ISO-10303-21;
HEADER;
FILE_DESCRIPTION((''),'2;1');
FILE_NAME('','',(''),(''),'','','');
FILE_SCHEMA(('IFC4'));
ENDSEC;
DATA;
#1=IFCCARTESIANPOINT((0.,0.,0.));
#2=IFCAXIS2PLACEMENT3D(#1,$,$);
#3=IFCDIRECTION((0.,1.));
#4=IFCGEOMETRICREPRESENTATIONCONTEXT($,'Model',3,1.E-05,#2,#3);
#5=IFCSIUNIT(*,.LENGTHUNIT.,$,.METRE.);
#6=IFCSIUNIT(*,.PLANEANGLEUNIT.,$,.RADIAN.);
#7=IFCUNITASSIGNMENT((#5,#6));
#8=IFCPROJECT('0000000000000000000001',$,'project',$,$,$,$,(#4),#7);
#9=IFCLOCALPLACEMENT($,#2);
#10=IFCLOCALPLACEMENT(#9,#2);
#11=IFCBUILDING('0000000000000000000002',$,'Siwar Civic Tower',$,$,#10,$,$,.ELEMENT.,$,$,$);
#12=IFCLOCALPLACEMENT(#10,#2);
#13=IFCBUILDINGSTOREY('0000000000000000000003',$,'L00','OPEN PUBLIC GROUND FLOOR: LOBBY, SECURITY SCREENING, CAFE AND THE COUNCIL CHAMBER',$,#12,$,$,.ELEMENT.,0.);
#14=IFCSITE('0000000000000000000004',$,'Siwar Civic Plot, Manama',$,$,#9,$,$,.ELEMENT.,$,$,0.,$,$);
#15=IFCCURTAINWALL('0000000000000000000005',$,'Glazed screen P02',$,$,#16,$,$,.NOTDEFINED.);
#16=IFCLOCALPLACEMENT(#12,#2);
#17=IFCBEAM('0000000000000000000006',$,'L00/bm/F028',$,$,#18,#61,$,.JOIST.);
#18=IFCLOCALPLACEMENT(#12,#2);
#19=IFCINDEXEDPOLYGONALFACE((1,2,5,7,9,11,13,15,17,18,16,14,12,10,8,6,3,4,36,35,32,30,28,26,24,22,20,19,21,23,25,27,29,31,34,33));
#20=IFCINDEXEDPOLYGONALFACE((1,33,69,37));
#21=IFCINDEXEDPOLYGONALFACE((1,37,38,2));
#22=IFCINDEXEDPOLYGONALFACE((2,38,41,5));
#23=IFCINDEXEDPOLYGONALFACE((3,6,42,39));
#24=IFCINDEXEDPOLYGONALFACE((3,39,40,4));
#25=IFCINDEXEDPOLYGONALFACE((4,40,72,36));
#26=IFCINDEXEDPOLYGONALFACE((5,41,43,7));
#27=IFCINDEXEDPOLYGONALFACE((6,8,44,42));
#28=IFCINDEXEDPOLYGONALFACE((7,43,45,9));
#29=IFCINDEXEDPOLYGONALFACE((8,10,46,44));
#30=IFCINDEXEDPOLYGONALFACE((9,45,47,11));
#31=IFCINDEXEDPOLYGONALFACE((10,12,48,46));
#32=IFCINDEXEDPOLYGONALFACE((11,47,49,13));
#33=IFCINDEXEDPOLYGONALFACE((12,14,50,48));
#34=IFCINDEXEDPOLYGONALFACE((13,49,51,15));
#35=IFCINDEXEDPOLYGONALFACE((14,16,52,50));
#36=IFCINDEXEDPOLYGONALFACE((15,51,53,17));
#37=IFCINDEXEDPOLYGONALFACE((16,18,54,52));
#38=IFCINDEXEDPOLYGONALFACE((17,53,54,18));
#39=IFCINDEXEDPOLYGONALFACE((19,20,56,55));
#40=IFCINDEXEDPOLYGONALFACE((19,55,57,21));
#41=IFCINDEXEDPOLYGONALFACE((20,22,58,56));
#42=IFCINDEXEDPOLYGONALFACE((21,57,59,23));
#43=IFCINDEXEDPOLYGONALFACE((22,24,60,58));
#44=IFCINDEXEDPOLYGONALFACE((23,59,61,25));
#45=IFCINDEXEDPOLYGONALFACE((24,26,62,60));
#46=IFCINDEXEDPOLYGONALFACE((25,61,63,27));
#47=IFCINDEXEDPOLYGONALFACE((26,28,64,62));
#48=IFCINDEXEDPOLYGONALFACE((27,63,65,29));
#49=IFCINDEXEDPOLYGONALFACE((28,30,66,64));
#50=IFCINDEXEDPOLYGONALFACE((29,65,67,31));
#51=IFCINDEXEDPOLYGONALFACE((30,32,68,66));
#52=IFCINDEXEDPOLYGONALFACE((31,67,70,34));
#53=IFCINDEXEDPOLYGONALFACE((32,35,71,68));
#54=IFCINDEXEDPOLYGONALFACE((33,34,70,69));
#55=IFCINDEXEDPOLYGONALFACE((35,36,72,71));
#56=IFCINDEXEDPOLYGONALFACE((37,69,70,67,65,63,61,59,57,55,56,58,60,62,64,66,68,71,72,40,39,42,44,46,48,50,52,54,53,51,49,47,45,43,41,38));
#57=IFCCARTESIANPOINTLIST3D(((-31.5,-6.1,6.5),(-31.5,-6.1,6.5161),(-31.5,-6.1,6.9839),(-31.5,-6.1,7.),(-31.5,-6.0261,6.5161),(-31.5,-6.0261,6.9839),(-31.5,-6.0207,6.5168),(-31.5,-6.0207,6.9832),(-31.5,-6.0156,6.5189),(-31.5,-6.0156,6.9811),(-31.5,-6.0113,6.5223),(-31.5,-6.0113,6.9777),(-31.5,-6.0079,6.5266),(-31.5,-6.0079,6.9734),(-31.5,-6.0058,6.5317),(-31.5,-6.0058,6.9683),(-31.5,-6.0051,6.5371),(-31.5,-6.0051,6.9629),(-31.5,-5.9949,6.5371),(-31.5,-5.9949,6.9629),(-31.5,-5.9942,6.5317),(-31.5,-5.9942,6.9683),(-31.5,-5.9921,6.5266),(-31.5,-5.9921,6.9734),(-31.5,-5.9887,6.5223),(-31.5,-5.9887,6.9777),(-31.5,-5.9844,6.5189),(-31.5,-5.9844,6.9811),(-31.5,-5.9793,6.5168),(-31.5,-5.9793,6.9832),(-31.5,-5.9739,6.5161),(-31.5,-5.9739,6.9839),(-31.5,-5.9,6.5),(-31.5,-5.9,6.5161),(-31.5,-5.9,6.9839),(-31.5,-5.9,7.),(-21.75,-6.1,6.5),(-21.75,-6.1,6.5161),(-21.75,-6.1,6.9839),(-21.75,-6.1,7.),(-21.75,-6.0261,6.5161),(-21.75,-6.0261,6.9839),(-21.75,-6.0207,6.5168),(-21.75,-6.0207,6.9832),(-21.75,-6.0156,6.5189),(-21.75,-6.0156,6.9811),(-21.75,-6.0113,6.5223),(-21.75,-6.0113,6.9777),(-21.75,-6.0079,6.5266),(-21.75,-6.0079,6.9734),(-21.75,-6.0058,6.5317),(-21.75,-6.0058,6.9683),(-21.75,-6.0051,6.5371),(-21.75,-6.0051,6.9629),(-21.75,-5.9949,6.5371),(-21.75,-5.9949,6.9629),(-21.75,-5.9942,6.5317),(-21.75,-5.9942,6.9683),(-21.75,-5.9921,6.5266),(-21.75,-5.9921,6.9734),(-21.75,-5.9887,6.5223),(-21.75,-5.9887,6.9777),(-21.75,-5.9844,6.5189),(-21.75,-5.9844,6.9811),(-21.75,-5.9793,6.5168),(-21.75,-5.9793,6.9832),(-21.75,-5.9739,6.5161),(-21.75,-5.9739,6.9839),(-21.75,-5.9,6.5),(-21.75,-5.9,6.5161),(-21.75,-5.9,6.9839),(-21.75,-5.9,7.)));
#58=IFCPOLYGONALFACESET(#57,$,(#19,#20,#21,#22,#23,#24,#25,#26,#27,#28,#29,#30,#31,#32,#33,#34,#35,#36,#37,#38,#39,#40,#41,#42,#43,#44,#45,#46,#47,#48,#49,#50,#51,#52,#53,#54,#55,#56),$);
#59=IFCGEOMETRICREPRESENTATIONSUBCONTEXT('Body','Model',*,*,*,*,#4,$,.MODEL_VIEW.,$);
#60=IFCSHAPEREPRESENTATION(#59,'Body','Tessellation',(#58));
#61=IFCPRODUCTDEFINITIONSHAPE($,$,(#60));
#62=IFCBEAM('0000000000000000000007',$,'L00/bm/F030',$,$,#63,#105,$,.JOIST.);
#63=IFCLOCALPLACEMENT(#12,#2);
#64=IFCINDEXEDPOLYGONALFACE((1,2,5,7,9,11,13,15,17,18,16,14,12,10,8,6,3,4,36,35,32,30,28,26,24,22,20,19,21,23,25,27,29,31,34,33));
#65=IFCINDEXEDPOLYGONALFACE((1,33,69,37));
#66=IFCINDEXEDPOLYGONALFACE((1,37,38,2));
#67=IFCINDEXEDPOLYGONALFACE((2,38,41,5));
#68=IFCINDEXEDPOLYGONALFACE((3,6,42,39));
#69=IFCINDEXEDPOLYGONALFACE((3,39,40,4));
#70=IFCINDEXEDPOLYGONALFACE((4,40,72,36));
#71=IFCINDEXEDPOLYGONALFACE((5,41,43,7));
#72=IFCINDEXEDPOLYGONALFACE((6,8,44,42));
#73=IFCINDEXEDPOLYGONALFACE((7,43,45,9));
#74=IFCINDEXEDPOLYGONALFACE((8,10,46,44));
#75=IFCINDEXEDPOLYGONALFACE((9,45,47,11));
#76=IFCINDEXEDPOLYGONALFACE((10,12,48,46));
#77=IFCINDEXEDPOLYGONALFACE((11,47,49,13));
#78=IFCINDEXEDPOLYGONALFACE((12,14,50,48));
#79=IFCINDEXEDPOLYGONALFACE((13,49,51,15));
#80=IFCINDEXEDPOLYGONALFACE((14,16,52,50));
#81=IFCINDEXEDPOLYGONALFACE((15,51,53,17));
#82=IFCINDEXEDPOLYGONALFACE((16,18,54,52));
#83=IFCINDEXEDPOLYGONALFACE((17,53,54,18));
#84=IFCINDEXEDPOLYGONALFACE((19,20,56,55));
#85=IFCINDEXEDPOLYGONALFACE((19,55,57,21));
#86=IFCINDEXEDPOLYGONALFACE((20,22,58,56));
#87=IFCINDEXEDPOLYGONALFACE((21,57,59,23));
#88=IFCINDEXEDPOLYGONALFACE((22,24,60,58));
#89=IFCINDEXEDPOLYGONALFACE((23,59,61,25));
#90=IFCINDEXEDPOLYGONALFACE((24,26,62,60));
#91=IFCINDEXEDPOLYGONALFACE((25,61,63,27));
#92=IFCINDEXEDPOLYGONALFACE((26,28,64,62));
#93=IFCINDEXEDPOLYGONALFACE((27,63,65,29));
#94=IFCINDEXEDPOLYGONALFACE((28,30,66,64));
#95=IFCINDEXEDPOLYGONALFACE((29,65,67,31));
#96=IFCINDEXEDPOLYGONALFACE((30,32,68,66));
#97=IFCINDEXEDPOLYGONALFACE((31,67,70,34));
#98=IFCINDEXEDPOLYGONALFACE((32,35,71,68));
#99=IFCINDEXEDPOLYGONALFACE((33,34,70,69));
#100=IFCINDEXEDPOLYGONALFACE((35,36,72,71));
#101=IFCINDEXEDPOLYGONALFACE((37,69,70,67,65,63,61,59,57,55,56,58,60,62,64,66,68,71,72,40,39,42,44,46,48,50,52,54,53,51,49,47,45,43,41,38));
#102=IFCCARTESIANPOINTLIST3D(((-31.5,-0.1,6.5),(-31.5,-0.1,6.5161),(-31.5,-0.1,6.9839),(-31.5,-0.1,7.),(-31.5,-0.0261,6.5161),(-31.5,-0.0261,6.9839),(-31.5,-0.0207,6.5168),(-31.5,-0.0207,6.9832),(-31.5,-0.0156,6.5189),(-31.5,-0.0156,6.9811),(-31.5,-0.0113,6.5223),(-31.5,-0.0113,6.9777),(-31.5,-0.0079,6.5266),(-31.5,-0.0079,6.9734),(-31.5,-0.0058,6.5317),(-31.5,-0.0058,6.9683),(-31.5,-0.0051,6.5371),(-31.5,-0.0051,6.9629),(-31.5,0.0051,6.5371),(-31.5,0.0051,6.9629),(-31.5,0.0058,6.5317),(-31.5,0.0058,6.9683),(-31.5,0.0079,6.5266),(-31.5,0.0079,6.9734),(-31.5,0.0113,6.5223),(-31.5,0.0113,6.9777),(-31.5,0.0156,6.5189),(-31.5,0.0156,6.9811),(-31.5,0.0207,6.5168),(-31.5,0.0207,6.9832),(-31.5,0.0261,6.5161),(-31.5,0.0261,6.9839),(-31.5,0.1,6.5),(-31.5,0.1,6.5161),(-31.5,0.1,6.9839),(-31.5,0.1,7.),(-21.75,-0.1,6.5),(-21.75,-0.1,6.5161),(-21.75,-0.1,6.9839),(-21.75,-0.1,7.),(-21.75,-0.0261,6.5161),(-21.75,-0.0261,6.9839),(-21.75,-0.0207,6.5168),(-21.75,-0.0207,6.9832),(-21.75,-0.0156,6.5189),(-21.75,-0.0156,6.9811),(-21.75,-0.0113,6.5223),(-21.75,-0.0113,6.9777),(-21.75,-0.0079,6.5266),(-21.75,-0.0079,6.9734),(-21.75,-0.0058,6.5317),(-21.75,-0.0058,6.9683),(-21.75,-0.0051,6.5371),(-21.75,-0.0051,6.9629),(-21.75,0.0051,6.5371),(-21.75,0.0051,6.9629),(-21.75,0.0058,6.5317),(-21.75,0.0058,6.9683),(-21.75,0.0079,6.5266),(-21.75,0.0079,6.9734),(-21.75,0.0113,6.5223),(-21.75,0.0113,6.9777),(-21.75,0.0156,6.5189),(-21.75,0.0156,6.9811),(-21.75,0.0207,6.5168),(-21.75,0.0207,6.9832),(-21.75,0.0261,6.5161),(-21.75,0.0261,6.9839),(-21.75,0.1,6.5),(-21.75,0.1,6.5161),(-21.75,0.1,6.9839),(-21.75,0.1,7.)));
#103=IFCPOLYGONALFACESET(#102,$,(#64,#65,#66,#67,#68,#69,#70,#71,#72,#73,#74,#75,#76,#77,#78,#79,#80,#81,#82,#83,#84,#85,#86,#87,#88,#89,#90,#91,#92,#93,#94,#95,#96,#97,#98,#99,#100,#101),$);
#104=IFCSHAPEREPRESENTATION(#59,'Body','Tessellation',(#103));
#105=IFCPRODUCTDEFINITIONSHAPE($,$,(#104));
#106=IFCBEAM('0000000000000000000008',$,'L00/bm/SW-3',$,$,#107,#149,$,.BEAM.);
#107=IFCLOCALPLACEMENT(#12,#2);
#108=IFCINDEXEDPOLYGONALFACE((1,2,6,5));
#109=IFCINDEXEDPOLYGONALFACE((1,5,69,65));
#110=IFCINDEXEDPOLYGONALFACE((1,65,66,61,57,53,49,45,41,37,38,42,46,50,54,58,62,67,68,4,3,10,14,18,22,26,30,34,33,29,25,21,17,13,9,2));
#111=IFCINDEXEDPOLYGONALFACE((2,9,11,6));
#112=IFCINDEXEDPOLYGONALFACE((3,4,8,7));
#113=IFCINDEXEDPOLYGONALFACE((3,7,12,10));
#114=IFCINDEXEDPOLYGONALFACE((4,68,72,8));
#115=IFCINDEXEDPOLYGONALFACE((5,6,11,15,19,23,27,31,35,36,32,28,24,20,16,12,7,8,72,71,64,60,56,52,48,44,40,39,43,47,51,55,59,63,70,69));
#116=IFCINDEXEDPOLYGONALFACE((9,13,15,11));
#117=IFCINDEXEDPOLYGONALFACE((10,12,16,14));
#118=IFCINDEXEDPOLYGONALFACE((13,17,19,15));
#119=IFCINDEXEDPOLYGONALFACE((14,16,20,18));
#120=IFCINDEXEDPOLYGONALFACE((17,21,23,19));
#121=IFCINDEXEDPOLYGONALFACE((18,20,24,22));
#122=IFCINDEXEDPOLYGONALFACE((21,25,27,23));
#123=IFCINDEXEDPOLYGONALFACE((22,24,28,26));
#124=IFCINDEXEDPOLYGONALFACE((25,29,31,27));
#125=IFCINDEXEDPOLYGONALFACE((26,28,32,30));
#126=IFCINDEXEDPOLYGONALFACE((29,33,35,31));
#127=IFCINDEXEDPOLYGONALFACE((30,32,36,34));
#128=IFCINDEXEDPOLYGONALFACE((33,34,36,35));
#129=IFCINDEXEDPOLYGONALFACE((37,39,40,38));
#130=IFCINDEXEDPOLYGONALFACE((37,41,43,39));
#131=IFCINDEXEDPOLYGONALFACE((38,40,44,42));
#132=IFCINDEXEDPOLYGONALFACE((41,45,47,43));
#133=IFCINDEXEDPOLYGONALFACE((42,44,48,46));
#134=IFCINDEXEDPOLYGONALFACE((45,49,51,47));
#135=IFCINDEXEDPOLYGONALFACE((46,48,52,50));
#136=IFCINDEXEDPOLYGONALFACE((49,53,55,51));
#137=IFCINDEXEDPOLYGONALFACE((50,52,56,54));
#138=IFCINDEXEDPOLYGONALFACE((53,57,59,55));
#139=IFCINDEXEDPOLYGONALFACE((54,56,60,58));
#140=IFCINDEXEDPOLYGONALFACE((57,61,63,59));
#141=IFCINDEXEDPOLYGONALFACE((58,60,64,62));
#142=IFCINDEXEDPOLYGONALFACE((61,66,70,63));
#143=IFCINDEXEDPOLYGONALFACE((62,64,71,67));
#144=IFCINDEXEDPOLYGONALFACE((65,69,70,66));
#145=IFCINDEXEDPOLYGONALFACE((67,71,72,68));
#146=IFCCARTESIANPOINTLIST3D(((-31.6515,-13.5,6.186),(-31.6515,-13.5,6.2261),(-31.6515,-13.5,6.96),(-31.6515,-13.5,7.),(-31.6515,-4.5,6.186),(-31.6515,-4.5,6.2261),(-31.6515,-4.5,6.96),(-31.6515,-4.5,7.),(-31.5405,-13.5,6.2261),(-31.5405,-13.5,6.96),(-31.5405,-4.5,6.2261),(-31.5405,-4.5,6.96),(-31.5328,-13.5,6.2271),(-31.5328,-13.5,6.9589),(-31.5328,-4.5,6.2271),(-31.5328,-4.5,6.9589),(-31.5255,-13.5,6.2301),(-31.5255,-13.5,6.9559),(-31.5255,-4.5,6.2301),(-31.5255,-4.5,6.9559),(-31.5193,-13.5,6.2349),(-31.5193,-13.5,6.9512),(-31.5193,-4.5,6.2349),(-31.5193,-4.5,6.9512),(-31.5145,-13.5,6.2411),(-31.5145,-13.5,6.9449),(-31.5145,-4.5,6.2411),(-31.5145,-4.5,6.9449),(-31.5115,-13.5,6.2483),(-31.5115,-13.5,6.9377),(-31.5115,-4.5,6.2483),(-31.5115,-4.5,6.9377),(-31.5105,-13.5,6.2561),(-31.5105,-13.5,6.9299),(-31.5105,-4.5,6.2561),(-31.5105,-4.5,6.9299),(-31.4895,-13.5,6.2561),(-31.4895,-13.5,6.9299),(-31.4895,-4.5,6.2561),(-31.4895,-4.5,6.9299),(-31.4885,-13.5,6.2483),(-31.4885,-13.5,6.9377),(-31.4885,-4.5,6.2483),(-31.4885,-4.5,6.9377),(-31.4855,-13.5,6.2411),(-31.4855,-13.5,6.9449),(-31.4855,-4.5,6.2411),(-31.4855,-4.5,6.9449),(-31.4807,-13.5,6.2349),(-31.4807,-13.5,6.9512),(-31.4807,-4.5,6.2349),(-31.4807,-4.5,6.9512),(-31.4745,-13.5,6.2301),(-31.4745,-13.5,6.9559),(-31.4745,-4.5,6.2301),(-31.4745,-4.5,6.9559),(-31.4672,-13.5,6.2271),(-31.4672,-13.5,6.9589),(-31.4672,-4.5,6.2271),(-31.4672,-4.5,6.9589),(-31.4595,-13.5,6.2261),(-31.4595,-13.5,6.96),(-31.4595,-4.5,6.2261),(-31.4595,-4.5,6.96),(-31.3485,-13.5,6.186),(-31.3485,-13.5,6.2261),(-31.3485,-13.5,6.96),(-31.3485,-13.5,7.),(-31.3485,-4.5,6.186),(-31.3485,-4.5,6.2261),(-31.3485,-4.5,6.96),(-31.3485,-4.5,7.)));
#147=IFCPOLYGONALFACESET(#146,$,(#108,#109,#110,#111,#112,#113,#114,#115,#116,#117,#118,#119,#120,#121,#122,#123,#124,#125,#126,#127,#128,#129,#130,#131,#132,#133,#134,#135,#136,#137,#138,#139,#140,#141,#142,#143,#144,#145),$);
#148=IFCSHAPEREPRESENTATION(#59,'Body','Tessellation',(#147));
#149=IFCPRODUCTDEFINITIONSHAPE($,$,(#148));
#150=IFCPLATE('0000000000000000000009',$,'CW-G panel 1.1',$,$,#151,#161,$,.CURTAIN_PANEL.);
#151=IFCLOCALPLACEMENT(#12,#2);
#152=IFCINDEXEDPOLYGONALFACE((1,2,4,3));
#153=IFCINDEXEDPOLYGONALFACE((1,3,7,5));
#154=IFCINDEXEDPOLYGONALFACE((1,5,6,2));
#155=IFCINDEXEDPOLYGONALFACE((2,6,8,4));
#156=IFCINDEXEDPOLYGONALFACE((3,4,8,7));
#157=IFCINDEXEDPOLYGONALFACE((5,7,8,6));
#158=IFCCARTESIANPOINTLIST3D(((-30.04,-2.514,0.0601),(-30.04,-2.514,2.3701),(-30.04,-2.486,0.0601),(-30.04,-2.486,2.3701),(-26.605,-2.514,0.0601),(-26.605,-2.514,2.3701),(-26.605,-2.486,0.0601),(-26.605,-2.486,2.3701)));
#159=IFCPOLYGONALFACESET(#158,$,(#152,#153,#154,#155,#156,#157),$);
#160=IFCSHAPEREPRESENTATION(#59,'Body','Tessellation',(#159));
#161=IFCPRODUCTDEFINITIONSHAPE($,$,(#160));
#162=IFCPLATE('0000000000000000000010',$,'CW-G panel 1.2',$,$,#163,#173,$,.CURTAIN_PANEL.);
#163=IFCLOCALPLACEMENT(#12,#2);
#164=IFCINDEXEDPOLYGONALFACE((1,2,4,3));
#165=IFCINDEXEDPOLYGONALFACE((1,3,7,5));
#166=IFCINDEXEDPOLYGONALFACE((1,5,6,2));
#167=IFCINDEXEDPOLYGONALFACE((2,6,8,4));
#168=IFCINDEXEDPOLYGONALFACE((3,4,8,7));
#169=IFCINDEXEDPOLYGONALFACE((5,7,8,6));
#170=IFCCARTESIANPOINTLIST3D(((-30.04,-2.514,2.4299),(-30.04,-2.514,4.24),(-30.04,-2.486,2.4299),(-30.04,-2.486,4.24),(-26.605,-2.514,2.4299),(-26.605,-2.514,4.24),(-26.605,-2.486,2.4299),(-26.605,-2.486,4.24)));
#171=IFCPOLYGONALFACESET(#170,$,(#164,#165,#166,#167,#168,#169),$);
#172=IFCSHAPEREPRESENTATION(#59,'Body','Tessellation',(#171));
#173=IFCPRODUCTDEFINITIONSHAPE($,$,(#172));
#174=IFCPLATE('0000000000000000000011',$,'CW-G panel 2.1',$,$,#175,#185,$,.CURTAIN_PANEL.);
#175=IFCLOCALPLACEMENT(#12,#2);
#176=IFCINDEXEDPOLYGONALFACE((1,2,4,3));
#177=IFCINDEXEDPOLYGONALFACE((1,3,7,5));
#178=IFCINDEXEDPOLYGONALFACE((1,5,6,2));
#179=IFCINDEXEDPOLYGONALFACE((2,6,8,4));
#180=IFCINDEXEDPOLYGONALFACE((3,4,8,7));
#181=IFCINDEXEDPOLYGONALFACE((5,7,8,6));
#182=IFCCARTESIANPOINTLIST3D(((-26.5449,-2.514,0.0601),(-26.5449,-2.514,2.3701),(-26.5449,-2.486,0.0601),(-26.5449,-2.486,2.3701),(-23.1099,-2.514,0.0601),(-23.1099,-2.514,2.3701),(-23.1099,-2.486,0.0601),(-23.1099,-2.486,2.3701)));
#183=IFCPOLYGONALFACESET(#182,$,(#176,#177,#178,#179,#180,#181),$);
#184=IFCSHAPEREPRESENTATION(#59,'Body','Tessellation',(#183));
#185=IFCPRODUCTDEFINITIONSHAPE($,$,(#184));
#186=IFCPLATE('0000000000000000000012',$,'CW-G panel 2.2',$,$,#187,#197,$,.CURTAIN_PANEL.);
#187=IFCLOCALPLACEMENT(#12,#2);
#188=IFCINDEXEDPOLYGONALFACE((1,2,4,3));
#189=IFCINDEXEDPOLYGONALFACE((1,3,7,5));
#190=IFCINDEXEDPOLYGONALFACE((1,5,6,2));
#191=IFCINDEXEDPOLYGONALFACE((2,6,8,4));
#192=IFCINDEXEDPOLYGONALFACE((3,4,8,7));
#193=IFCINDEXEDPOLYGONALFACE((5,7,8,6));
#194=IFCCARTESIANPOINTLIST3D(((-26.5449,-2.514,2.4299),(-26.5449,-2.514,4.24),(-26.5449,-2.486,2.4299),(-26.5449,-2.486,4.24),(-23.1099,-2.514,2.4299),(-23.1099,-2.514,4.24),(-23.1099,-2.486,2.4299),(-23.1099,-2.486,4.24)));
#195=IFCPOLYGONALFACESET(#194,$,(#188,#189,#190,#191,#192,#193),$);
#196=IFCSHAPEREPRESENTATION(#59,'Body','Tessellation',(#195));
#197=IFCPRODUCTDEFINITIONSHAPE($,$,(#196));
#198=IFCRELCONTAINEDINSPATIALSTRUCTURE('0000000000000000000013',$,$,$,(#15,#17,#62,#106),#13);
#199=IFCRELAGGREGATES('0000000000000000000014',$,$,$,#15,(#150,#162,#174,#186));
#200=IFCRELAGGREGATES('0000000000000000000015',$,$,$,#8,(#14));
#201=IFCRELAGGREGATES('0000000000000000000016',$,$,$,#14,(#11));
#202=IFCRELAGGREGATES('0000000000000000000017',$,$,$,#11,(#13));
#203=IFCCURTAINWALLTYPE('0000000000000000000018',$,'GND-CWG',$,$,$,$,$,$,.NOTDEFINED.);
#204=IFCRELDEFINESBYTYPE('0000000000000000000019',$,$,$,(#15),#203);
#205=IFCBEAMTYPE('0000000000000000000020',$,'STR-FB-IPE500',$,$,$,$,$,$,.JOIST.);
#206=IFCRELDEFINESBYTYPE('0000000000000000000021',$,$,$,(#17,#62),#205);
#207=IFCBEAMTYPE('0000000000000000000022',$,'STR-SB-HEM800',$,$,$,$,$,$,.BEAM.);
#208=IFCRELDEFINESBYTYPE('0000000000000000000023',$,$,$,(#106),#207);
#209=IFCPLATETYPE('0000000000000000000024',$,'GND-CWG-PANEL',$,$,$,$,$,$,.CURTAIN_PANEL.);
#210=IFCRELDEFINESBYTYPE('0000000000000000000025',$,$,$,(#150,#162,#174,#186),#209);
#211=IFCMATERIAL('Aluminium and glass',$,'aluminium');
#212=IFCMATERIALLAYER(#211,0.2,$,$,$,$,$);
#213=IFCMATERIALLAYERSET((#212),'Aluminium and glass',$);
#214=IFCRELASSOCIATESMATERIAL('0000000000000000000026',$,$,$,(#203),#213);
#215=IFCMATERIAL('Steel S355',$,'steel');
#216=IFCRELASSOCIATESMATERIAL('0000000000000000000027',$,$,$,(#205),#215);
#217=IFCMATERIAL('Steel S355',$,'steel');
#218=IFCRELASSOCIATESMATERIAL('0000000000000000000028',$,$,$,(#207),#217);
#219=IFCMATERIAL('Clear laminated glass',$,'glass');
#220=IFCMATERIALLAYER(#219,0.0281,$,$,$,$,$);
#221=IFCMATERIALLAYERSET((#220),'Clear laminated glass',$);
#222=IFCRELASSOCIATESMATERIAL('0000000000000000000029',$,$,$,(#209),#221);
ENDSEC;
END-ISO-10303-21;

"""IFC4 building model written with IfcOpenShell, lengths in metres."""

from ifc_helpers import new_model, si_unit, direction, frame, origin, origin_2d, place, context, subcontext, project, spatial, rectangle, i_section, extrude, material, layer, layer_set, material_profile, profile_set, type_object, element, aggregate, save


model = new_model("IFC4")

# Units and contexts
model_context = context("Model", 3, precision=1e-05, world=origin(), true_north=direction((0.0, 1.0)))
body_context = subcontext(model_context, "Body", "Model", "MODEL_VIEW")
ifc_project = project(units=[si_unit("LENGTHUNIT", "METRE"), si_unit("PLANEANGLEUNIT", "RADIAN")], contexts=[model_context])

# Site, building, storey
site_placement = place(None, origin())
site = spatial("IfcSite", under=ifc_project, at=site_placement, Name="Siwar Civic Plot, Manama", CompositionType="ELEMENT", RefElevation=0.0)
building_placement = place(site_placement, origin())
building = spatial("IfcBuilding", under=site, at=building_placement, Name="Siwar Civic Tower", CompositionType="ELEMENT")
storey_placement = place(building_placement, origin())
storey = spatial("IfcBuildingStorey", under=building, at=storey_placement, Name="L00", Description="OPEN PUBLIC GROUND FLOOR: LOBBY, SECURITY SCREENING, CAFE AND THE COUNCIL CHAMBER", CompositionType="ELEMENT", Elevation=0.0)

# Curtain wall
ifc_material_1 = material(Name="Aluminium and glass", Category="aluminium")
ifc_layer_1 = layer(ifc_material_1, 0.2)
ifc_layer_set_1 = layer_set([ifc_layer_1], Name="Aluminium and glass")
curtain_wall_type = type_object("IfcCurtainWallType", Name="GND-CWG", PredefinedType="NOTDEFINED", material=ifc_layer_set_1)
curtain_wall_1_placement = place(storey_placement, origin())
curtain_wall_1 = element("IfcCurtainWall", 1, at=curtain_wall_1_placement, inside=storey, type_object=curtain_wall_type, Name="Glazed screen P02", PredefinedType="NOTDEFINED")

# Beams
ifc_material_2 = material(Name="Steel S355", Category="steel")
ifc_material_profile_1 = material_profile(ifc_material_2, i_section(OverallWidth=0.2, OverallDepth=0.5, WebThickness=0.0103, FlangeThickness=0.0161, FilletRadius=0.021, at=origin_2d()), Name="IPE500")
ifc_profile_set_1 = profile_set([ifc_material_profile_1], Name="Steel S355")
beam_type_1 = type_object("IfcBeamType", Name="STR-FB-IPE500", PredefinedType="JOIST", material=ifc_profile_set_1)
for number, where, z_axis, x_axis, name in (
    (2, (-31.5, -6.0, 6.75), (1.0, 0.0, 0.0), (0.0, 1.0, 0.0), "L00/bm/F028"),
    (3, (-31.5, 0.0, 6.75), (1.0, 0.0, 0.0), (0.0, 1.0, 0.0), "L00/bm/F030"),
):
    element("IfcBeam", number, at=place(storey_placement, frame(where, z_axis=z_axis, x_axis=x_axis)), inside=storey, type_object=beam_type_1, Name=name, PredefinedType="JOIST", context=body_context, shape_type="SweptSolid", body=[
        extrude(i_section(OverallWidth=0.2, OverallDepth=0.5, WebThickness=0.0103, FlangeThickness=0.0161, FilletRadius=0.021, at=origin_2d()), origin(), (0.0, 0.0, 1.0), 9.75),
    ])
ifc_material_3 = material(Name="Steel S355", Category="steel")
ifc_material_profile_2 = material_profile(ifc_material_3, i_section(OverallWidth=0.303, OverallDepth=0.814, WebThickness=0.021, FlangeThickness=0.04, FilletRadius=0.03, at=origin_2d()), Name="HEM800")
ifc_profile_set_2 = profile_set([ifc_material_profile_2], Name="Steel S355")
beam_type_2 = type_object("IfcBeamType", Name="STR-SB-HEM800", PredefinedType="BEAM", material=ifc_profile_set_2)
beam_placement = place(storey_placement, frame((-31.5, -4.5, 6.593), z_axis=(0.0, -1.0, 0.0), x_axis=(1.0, 0.0, 0.0)))
element("IfcBeam", 4, at=beam_placement, inside=storey, type_object=beam_type_2, Name="L00/bm/SW-3", PredefinedType="BEAM", context=body_context, shape_type="SweptSolid", body=[
    extrude(i_section(OverallWidth=0.303, OverallDepth=0.814, WebThickness=0.021, FlangeThickness=0.04, FilletRadius=0.03, at=origin_2d()), origin(), (0.0, 0.0, 1.0), 9.0),
])

# Plates
ifc_material_4 = material(Name="Clear laminated glass", Category="glass")
ifc_layer_2 = layer(ifc_material_4, 0.0281)
ifc_layer_set_2 = layer_set([ifc_layer_2], Name="Clear laminated glass")
plate_type = type_object("IfcPlateType", Name="GND-CWG-PANEL", PredefinedType="CURTAIN_PANEL", material=ifc_layer_set_2)
plate_1_placement = place(storey_placement, frame((-28.3225, -2.5, 0.0601), z_axis=(0.0, 0.0, 1.0), x_axis=(1.0, 0.0, 0.0)))
plate_1 = element("IfcPlate", 5, at=plate_1_placement, type_object=plate_type, Name="CW-G panel 1.1", PredefinedType="CURTAIN_PANEL", context=body_context, shape_type="SweptSolid", body=[
    extrude(rectangle(XDim=3.4351, YDim=0.0281, at=origin_2d()), origin(), (0.0, 0.0, 1.0), 2.3101),
])
plate_2_placement = place(storey_placement, frame((-28.3225, -2.5, 2.4299), z_axis=(0.0, 0.0, 1.0), x_axis=(1.0, 0.0, 0.0)))
plate_2 = element("IfcPlate", 6, at=plate_2_placement, type_object=plate_type, Name="CW-G panel 1.2", PredefinedType="CURTAIN_PANEL", context=body_context, shape_type="SweptSolid", body=[
    extrude(rectangle(XDim=3.4351, YDim=0.0281, at=origin_2d()), origin(), (0.0, 0.0, 1.0), 1.8101),
])
plate_3_placement = place(storey_placement, frame((-24.8274, -2.5, 0.0601), z_axis=(0.0, 0.0, 1.0), x_axis=(1.0, 0.0, 0.0)))
plate_3 = element("IfcPlate", 7, at=plate_3_placement, type_object=plate_type, Name="CW-G panel 2.1", PredefinedType="CURTAIN_PANEL", context=body_context, shape_type="SweptSolid", body=[
    extrude(rectangle(XDim=3.4351, YDim=0.0281, at=origin_2d()), origin(), (0.0, 0.0, 1.0), 2.3101),
])
plate_4_placement = place(storey_placement, frame((-24.8274, -2.5, 2.4299), z_axis=(0.0, 0.0, 1.0), x_axis=(1.0, 0.0, 0.0)))
plate_4 = element("IfcPlate", 8, at=plate_4_placement, type_object=plate_type, Name="CW-G panel 2.2", PredefinedType="CURTAIN_PANEL", context=body_context, shape_type="SweptSolid", body=[
    extrude(rectangle(XDim=3.4351, YDim=0.0281, at=origin_2d()), origin(), (0.0, 0.0, 1.0), 1.8101),
])
aggregate(curtain_wall_1, [plate_1, plate_2, plate_3, plate_4])

save(model, "model.ifc")
